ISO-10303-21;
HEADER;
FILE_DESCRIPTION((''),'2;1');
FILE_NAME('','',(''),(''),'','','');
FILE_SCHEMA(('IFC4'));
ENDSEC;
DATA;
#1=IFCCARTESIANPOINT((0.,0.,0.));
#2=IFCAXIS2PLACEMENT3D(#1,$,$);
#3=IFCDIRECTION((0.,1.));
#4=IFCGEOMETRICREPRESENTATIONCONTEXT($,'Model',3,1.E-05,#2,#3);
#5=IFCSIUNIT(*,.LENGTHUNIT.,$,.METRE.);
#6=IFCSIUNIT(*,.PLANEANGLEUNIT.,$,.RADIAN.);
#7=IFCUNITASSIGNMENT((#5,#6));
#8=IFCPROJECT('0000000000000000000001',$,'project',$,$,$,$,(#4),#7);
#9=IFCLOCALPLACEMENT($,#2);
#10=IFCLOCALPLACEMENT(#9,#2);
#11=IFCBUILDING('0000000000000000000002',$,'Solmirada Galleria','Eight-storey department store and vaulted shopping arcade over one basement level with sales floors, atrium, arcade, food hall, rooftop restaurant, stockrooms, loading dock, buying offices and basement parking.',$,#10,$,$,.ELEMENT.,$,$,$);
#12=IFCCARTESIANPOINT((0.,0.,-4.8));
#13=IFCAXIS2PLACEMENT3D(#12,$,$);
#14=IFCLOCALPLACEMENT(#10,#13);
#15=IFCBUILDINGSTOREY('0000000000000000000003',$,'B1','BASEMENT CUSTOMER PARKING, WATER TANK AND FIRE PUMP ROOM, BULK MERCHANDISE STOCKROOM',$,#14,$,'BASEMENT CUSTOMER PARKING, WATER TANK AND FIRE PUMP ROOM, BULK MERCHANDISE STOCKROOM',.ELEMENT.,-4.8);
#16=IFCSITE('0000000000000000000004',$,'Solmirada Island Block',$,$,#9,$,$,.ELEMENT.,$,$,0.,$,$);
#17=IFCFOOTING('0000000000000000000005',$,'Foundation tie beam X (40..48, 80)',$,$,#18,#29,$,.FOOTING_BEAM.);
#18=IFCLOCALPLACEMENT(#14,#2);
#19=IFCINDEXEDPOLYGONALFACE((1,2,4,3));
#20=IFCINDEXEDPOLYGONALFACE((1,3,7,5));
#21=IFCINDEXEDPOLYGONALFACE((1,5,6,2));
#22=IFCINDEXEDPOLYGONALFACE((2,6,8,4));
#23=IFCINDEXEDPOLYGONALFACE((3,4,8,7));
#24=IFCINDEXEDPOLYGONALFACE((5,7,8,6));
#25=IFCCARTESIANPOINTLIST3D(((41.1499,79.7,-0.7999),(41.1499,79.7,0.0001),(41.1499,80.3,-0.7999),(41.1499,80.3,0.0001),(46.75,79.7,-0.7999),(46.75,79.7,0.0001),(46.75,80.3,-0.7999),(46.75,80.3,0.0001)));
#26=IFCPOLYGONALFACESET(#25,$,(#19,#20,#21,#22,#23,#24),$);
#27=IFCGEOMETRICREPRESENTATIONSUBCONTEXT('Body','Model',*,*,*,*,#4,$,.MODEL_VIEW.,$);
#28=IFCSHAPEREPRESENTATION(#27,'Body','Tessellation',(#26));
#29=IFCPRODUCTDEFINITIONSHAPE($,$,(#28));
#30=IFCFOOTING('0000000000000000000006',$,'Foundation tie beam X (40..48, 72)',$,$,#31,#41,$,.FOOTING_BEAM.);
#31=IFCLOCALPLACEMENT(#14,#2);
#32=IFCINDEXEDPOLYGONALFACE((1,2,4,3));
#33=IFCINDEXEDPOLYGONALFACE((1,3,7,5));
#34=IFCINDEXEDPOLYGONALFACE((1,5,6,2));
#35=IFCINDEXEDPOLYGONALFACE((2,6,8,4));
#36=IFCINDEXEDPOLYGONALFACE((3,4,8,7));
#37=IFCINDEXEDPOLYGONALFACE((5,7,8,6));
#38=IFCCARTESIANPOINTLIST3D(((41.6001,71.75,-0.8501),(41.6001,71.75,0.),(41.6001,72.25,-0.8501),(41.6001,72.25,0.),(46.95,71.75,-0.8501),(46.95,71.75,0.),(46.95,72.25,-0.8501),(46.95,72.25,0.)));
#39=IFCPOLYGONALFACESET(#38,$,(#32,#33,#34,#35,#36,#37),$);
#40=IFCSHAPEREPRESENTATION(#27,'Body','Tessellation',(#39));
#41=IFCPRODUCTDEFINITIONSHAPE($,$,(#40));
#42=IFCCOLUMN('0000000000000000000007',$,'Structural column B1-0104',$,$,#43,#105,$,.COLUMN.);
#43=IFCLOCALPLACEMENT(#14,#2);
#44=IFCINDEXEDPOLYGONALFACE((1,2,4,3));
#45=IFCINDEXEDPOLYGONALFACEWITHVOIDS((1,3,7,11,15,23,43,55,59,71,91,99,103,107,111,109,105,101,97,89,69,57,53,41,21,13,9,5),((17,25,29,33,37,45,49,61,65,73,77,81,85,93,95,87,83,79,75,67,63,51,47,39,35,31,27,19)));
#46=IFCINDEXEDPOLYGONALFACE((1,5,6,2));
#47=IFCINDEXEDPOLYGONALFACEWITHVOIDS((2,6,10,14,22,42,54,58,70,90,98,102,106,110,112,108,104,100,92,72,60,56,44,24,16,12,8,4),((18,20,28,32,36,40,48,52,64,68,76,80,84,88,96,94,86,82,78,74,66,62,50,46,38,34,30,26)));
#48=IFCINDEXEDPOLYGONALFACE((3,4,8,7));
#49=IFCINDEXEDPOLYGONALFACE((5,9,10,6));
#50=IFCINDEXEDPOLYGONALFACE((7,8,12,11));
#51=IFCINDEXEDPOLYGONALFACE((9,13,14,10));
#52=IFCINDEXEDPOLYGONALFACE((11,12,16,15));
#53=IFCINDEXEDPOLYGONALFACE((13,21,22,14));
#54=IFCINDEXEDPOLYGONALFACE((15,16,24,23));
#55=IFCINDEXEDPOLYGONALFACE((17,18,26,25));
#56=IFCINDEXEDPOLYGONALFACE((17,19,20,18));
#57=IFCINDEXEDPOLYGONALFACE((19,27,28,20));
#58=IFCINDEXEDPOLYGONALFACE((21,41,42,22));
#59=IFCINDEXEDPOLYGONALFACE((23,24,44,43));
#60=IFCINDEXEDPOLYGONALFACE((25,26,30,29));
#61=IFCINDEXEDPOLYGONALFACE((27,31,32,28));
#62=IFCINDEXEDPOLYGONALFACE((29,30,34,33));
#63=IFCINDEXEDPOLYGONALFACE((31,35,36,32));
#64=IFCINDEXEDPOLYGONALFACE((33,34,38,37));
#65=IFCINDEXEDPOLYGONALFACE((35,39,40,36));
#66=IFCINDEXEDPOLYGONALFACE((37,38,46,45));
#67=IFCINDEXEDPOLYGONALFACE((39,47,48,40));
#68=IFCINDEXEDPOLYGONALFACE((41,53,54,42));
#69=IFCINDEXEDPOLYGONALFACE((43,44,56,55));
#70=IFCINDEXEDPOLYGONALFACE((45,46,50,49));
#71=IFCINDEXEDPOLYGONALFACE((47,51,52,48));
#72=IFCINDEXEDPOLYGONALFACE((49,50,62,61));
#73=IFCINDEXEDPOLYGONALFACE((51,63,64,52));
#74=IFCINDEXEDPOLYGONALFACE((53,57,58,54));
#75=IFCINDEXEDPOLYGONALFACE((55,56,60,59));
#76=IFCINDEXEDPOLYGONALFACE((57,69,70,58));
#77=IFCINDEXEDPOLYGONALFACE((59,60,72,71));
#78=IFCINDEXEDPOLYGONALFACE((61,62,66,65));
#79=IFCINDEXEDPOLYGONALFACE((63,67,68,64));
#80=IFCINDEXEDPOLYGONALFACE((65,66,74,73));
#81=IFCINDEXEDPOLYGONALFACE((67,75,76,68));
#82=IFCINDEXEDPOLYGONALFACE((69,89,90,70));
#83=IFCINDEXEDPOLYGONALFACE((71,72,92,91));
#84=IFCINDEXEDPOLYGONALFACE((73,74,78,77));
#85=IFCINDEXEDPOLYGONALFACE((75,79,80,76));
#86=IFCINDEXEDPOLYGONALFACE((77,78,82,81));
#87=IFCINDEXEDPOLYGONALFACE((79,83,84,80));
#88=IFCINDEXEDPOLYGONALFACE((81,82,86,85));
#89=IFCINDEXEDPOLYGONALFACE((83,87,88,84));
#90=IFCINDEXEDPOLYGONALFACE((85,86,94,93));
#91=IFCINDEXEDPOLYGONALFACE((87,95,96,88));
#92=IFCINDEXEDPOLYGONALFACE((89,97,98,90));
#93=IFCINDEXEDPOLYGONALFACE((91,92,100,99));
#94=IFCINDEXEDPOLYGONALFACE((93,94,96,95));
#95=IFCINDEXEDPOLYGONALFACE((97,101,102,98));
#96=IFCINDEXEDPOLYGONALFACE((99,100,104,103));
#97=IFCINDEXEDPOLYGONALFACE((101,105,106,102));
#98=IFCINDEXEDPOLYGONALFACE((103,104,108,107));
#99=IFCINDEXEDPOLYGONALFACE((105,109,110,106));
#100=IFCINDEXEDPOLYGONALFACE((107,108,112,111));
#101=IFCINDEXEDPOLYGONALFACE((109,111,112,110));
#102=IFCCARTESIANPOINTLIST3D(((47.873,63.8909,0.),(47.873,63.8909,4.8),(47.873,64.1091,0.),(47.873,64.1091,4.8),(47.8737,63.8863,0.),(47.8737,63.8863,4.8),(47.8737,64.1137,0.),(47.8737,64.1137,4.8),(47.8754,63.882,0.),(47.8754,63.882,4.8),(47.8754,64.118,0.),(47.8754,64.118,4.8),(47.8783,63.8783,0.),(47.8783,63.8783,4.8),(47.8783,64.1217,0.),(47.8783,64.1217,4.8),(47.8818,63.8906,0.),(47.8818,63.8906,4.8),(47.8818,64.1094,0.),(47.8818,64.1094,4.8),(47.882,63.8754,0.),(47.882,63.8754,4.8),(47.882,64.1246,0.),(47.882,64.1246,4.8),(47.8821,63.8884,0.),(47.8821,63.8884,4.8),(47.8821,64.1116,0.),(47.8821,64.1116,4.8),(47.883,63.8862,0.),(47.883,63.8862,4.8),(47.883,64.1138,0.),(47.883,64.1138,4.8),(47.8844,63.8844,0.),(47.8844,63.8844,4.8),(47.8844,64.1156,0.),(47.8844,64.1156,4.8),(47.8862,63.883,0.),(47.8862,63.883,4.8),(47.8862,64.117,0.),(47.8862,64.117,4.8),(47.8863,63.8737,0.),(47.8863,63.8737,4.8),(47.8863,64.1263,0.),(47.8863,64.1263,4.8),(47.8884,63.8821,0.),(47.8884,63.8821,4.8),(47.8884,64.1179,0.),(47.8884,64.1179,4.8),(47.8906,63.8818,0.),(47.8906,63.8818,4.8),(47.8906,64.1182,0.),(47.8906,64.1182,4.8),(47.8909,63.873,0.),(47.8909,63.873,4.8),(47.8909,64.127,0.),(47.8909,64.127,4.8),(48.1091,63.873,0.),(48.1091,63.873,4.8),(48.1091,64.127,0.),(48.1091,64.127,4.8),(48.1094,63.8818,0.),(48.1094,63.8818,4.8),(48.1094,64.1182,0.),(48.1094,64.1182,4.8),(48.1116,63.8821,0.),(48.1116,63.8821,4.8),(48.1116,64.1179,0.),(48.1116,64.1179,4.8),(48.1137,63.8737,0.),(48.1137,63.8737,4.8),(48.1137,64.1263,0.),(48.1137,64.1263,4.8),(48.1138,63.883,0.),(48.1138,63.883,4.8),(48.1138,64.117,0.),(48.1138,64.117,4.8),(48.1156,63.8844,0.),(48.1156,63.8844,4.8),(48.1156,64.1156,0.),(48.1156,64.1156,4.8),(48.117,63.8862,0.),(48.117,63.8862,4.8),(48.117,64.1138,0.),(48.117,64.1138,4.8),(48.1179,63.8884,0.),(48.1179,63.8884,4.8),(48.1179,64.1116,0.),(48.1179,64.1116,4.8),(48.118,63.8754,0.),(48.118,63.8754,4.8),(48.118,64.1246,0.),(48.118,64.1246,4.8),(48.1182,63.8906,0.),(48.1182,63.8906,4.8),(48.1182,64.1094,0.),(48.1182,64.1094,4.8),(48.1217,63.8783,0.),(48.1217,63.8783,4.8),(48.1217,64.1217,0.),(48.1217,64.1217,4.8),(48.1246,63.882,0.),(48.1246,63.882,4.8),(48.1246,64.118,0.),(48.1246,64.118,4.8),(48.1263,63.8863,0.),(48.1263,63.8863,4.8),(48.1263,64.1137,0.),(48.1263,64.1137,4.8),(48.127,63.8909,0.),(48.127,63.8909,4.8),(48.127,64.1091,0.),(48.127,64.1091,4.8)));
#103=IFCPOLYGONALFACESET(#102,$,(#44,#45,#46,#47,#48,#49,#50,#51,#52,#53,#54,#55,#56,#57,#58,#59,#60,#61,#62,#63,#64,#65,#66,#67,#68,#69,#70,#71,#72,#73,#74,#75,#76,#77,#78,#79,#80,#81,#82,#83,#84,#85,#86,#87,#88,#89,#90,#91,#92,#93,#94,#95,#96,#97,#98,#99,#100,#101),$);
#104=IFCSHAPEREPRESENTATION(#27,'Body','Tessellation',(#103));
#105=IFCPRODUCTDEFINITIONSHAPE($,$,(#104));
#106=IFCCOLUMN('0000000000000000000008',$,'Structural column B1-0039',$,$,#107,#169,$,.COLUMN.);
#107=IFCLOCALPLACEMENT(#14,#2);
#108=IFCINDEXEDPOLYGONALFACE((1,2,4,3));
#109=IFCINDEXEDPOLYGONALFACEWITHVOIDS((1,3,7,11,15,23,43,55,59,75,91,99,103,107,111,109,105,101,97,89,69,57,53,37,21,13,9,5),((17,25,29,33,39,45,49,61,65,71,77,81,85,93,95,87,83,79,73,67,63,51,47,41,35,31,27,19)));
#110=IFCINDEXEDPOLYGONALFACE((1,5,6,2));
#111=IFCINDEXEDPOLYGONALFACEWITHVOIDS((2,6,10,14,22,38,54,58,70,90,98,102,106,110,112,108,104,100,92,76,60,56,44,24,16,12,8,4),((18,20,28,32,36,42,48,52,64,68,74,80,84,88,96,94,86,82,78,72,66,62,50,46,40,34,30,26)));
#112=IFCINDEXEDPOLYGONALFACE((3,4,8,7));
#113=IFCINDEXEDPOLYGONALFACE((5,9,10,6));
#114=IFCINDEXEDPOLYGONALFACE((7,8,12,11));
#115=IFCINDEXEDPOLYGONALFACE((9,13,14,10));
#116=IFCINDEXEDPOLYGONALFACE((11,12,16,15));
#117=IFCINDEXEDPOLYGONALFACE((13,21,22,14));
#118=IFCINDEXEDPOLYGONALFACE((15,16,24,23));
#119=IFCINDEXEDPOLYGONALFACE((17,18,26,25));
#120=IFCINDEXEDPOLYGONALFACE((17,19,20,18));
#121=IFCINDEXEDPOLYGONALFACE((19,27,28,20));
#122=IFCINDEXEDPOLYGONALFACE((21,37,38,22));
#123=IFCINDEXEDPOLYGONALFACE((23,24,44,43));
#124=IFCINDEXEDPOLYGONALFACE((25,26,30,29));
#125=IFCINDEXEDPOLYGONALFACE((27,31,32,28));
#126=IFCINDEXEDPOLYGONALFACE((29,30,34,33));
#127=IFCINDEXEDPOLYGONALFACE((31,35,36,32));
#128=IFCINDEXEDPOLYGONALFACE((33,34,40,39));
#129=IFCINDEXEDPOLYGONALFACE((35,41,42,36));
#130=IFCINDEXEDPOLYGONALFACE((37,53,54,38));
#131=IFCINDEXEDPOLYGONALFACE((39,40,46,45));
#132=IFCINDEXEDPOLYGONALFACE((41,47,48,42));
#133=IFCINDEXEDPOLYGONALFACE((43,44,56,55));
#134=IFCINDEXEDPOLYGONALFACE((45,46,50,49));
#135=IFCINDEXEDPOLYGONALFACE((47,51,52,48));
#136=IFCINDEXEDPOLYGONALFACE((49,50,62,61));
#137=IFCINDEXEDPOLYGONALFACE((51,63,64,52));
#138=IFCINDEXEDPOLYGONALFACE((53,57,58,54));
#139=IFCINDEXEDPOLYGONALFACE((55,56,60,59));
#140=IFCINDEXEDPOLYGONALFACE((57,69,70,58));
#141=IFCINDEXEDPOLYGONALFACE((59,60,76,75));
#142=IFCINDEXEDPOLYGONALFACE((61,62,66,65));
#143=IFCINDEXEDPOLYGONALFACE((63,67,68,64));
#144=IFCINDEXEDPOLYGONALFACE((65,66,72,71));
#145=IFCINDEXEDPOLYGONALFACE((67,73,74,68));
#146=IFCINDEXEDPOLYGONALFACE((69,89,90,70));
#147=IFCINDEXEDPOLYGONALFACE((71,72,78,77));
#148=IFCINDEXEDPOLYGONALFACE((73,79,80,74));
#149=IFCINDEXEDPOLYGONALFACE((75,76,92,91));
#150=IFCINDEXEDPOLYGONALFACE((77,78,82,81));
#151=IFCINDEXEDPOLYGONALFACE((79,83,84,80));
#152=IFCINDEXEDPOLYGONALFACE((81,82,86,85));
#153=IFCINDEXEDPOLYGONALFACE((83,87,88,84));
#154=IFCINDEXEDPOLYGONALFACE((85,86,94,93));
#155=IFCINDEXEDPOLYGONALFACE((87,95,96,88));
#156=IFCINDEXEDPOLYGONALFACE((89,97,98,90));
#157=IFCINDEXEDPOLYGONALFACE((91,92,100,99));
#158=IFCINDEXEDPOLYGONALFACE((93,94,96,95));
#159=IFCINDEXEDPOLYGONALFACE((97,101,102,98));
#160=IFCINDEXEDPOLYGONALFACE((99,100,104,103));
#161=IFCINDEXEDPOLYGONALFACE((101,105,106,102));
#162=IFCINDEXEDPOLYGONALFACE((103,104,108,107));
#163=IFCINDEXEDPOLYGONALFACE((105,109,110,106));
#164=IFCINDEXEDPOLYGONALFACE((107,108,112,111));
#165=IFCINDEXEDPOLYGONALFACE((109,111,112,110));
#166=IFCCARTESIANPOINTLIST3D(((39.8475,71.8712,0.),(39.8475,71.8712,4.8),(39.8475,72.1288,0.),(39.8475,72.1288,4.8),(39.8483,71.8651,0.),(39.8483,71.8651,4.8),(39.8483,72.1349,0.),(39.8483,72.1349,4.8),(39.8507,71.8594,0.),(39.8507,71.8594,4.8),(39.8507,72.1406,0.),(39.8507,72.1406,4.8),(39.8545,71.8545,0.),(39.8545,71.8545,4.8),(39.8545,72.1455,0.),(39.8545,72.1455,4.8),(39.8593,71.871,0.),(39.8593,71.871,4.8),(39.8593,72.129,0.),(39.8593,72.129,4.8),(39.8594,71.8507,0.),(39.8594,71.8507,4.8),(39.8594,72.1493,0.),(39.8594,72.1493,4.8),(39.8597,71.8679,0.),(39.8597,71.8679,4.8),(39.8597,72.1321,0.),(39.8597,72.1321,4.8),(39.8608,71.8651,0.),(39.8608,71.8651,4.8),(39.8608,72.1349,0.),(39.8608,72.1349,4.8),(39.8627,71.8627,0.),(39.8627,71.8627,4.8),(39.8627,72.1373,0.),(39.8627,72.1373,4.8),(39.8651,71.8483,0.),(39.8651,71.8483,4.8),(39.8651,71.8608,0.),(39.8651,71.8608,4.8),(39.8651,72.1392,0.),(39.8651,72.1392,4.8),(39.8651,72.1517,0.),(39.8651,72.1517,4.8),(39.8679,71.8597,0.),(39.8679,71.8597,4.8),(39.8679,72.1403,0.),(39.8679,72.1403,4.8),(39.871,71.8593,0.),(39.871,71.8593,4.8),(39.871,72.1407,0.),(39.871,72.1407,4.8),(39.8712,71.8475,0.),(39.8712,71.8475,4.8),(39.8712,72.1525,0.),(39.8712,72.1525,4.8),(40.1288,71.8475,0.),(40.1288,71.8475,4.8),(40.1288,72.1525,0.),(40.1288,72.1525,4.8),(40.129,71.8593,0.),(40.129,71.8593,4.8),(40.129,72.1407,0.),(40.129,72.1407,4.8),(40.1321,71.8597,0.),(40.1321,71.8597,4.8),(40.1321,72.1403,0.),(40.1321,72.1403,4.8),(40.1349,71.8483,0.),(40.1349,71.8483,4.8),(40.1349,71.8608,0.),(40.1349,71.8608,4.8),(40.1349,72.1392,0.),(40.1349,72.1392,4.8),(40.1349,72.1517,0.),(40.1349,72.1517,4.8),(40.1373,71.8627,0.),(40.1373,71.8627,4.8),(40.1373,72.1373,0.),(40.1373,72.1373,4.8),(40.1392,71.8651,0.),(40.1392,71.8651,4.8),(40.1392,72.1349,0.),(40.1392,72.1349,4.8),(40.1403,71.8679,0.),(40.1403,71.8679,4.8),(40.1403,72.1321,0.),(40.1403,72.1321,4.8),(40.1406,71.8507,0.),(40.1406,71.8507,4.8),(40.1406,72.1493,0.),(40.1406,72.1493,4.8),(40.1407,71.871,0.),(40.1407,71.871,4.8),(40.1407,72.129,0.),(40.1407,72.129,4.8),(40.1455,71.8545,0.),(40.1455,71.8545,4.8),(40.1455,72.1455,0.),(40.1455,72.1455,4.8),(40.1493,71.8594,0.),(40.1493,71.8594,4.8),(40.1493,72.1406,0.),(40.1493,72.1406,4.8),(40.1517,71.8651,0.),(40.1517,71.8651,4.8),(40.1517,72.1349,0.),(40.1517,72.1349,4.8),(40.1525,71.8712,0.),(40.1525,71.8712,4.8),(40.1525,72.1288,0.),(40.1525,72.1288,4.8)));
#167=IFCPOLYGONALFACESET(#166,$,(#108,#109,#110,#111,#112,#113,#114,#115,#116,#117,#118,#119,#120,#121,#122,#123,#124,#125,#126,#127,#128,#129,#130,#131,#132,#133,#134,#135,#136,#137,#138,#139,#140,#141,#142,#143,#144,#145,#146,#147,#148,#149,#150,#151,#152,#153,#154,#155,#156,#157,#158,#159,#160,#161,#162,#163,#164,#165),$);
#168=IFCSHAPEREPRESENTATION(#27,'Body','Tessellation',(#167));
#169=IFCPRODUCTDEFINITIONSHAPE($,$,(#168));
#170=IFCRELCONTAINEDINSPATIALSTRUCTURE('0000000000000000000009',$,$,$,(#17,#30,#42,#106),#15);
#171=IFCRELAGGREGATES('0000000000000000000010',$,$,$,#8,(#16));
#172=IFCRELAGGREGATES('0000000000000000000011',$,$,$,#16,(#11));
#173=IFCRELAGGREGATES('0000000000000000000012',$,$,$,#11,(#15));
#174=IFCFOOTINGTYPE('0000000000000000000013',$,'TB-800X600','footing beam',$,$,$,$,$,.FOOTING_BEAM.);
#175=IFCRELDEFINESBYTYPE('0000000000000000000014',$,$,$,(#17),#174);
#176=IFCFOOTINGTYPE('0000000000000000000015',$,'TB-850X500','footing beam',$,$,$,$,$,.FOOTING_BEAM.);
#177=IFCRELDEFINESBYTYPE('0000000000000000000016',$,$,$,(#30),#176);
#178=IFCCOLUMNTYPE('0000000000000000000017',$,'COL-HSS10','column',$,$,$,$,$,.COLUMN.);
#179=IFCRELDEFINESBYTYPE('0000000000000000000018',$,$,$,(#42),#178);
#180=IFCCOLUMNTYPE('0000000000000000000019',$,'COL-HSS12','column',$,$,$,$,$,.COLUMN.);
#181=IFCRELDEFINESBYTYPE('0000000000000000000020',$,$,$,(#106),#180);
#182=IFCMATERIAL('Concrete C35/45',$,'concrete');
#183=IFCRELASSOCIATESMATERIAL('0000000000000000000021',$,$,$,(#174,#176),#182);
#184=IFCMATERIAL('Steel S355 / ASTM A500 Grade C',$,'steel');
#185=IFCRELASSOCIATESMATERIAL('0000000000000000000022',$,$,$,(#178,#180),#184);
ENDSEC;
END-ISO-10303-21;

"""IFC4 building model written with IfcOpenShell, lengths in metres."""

from ifc_helpers import new_model, si_unit, direction, frame, origin, origin_2d, place, context, subcontext, project, spatial, rectangle, hollow_rectangle, extrude, material, material_profile, profile_set, type_object, element, save


model = new_model("IFC4")

# Units and contexts
model_context = context("Model", 3, precision=1e-05, world=origin(), true_north=direction((0.0, 1.0)))
body_context = subcontext(model_context, "Body", "Model", "MODEL_VIEW")
ifc_project = project(units=[si_unit("LENGTHUNIT", "METRE"), si_unit("PLANEANGLEUNIT", "RADIAN")], contexts=[model_context])

# Site, building, storey
site_placement = place(None, origin())
site = spatial("IfcSite", under=ifc_project, at=site_placement, Name="Solmirada Island Block", CompositionType="ELEMENT", RefElevation=0.0)
building_placement = place(site_placement, origin())
building = spatial("IfcBuilding", under=site, at=building_placement, Name="Solmirada Galleria", Description="Eight-storey department store and vaulted shopping arcade over one basement level with sales floors, atrium, arcade, food hall, rooftop restaurant, stockrooms, loading dock, buying offices and basement parking.", CompositionType="ELEMENT")
storey_placement = place(building_placement, frame((0.0, 0.0, -4.8)))
storey = spatial("IfcBuildingStorey", under=building, at=storey_placement, Name="B1", Description="BASEMENT CUSTOMER PARKING, WATER TANK AND FIRE PUMP ROOM, BULK MERCHANDISE STOCKROOM", LongName="BASEMENT CUSTOMER PARKING, WATER TANK AND FIRE PUMP ROOM, BULK MERCHANDISE STOCKROOM", CompositionType="ELEMENT", Elevation=-4.8)

# Shared definitions
ifc_material_1 = material(Name="Concrete C35/45", Category="concrete")

# Footings
ifc_material_profile_1 = material_profile(ifc_material_1, rectangle(XDim=0.6001, YDim=0.8, at=origin_2d()), Name="RC800X600")
ifc_profile_set_1 = profile_set([ifc_material_profile_1], Name="Concrete C35/45")
footing_type_1 = type_object("IfcFootingType", Name="TB-800X600", Description="footing beam", PredefinedType="FOOTING_BEAM", material=ifc_profile_set_1)
footing_1_placement = place(storey_placement, frame((41.1499, 80.0, -0.3999), z_axis=(1.0, 0.0, 0.0), x_axis=(0.0, 1.0, 0.0)))
element("IfcFooting", 1, at=footing_1_placement, inside=storey, type_object=footing_type_1, Name="Foundation tie beam X (40..48, 80)", PredefinedType="FOOTING_BEAM", context=body_context, shape_type="SweptSolid", body=[
    extrude(rectangle(XDim=0.6001, YDim=0.8, at=origin_2d()), origin(), (0.0, 0.0, 1.0), 5.6001),
])
ifc_material_profile_2 = material_profile(ifc_material_1, rectangle(XDim=0.5, YDim=0.8501, at=origin_2d()), Name="RC850X500")
ifc_profile_set_2 = profile_set([ifc_material_profile_2], Name="Concrete C35/45")
footing_type_2 = type_object("IfcFootingType", Name="TB-850X500", Description="footing beam", PredefinedType="FOOTING_BEAM", material=ifc_profile_set_2)
footing_2_placement = place(storey_placement, frame((41.6001, 72.0, -0.425), z_axis=(1.0, 0.0, 0.0), x_axis=(0.0, 1.0, 0.0)))
element("IfcFooting", 2, at=footing_2_placement, inside=storey, type_object=footing_type_2, Name="Foundation tie beam X (40..48, 72)", PredefinedType="FOOTING_BEAM", context=body_context, shape_type="SweptSolid", body=[
    extrude(rectangle(XDim=0.5, YDim=0.8501, at=origin_2d()), origin(), (0.0, 0.0, 1.0), 5.3499),
])

# Columns
ifc_material_2 = material(Name="Steel S355 / ASTM A500 Grade C", Category="steel")
ifc_material_profile_3 = material_profile(ifc_material_2, hollow_rectangle(XDim=0.2539, YDim=0.2539, WallThickness=0.0088, InnerFilletRadius=0.0088, OuterFilletRadius=0.0178, at=origin_2d()), Name="HSS10X10X3/8")
ifc_profile_set_3 = profile_set([ifc_material_profile_3], Name="Steel S355 / ASTM A500 Grade C")
column_type_1 = type_object("IfcColumnType", Name="COL-HSS10", Description="column", PredefinedType="COLUMN", material=ifc_profile_set_3)
column_1_placement = place(storey_placement, frame((48.0, 64.0, 0.0), z_axis=(0.0, 0.0, 1.0), x_axis=(1.0, 0.0, 0.0)))
element("IfcColumn", 3, at=column_1_placement, inside=storey, type_object=column_type_1, Name="Structural column B1-0104", PredefinedType="COLUMN", context=body_context, shape_type="SweptSolid", body=[
    extrude(hollow_rectangle(XDim=0.2539, YDim=0.2539, WallThickness=0.0088, InnerFilletRadius=0.0088, OuterFilletRadius=0.0178, at=origin_2d()), origin(), (0.0, 0.0, 1.0), 4.8),
])
ifc_material_profile_4 = material_profile(ifc_material_2, hollow_rectangle(XDim=0.3049, YDim=0.3049, WallThickness=0.0117, InnerFilletRadius=0.0117, OuterFilletRadius=0.0237, at=origin_2d()), Name="HSS12X12X1/2")
ifc_profile_set_4 = profile_set([ifc_material_profile_4], Name="Steel S355 / ASTM A500 Grade C")
column_type_2 = type_object("IfcColumnType", Name="COL-HSS12", Description="column", PredefinedType="COLUMN", material=ifc_profile_set_4)
column_2_placement = place(storey_placement, frame((40.0, 72.0, 0.0), z_axis=(0.0, 0.0, 1.0), x_axis=(1.0, 0.0, 0.0)))
element("IfcColumn", 4, at=column_2_placement, inside=storey, type_object=column_type_2, Name="Structural column B1-0039", PredefinedType="COLUMN", context=body_context, shape_type="SweptSolid", body=[
    extrude(hollow_rectangle(XDim=0.3049, YDim=0.3049, WallThickness=0.0117, InnerFilletRadius=0.0117, OuterFilletRadius=0.0237, at=origin_2d()), origin(), (0.0, 0.0, 1.0), 4.8),
])

save(model, "model.ifc")
